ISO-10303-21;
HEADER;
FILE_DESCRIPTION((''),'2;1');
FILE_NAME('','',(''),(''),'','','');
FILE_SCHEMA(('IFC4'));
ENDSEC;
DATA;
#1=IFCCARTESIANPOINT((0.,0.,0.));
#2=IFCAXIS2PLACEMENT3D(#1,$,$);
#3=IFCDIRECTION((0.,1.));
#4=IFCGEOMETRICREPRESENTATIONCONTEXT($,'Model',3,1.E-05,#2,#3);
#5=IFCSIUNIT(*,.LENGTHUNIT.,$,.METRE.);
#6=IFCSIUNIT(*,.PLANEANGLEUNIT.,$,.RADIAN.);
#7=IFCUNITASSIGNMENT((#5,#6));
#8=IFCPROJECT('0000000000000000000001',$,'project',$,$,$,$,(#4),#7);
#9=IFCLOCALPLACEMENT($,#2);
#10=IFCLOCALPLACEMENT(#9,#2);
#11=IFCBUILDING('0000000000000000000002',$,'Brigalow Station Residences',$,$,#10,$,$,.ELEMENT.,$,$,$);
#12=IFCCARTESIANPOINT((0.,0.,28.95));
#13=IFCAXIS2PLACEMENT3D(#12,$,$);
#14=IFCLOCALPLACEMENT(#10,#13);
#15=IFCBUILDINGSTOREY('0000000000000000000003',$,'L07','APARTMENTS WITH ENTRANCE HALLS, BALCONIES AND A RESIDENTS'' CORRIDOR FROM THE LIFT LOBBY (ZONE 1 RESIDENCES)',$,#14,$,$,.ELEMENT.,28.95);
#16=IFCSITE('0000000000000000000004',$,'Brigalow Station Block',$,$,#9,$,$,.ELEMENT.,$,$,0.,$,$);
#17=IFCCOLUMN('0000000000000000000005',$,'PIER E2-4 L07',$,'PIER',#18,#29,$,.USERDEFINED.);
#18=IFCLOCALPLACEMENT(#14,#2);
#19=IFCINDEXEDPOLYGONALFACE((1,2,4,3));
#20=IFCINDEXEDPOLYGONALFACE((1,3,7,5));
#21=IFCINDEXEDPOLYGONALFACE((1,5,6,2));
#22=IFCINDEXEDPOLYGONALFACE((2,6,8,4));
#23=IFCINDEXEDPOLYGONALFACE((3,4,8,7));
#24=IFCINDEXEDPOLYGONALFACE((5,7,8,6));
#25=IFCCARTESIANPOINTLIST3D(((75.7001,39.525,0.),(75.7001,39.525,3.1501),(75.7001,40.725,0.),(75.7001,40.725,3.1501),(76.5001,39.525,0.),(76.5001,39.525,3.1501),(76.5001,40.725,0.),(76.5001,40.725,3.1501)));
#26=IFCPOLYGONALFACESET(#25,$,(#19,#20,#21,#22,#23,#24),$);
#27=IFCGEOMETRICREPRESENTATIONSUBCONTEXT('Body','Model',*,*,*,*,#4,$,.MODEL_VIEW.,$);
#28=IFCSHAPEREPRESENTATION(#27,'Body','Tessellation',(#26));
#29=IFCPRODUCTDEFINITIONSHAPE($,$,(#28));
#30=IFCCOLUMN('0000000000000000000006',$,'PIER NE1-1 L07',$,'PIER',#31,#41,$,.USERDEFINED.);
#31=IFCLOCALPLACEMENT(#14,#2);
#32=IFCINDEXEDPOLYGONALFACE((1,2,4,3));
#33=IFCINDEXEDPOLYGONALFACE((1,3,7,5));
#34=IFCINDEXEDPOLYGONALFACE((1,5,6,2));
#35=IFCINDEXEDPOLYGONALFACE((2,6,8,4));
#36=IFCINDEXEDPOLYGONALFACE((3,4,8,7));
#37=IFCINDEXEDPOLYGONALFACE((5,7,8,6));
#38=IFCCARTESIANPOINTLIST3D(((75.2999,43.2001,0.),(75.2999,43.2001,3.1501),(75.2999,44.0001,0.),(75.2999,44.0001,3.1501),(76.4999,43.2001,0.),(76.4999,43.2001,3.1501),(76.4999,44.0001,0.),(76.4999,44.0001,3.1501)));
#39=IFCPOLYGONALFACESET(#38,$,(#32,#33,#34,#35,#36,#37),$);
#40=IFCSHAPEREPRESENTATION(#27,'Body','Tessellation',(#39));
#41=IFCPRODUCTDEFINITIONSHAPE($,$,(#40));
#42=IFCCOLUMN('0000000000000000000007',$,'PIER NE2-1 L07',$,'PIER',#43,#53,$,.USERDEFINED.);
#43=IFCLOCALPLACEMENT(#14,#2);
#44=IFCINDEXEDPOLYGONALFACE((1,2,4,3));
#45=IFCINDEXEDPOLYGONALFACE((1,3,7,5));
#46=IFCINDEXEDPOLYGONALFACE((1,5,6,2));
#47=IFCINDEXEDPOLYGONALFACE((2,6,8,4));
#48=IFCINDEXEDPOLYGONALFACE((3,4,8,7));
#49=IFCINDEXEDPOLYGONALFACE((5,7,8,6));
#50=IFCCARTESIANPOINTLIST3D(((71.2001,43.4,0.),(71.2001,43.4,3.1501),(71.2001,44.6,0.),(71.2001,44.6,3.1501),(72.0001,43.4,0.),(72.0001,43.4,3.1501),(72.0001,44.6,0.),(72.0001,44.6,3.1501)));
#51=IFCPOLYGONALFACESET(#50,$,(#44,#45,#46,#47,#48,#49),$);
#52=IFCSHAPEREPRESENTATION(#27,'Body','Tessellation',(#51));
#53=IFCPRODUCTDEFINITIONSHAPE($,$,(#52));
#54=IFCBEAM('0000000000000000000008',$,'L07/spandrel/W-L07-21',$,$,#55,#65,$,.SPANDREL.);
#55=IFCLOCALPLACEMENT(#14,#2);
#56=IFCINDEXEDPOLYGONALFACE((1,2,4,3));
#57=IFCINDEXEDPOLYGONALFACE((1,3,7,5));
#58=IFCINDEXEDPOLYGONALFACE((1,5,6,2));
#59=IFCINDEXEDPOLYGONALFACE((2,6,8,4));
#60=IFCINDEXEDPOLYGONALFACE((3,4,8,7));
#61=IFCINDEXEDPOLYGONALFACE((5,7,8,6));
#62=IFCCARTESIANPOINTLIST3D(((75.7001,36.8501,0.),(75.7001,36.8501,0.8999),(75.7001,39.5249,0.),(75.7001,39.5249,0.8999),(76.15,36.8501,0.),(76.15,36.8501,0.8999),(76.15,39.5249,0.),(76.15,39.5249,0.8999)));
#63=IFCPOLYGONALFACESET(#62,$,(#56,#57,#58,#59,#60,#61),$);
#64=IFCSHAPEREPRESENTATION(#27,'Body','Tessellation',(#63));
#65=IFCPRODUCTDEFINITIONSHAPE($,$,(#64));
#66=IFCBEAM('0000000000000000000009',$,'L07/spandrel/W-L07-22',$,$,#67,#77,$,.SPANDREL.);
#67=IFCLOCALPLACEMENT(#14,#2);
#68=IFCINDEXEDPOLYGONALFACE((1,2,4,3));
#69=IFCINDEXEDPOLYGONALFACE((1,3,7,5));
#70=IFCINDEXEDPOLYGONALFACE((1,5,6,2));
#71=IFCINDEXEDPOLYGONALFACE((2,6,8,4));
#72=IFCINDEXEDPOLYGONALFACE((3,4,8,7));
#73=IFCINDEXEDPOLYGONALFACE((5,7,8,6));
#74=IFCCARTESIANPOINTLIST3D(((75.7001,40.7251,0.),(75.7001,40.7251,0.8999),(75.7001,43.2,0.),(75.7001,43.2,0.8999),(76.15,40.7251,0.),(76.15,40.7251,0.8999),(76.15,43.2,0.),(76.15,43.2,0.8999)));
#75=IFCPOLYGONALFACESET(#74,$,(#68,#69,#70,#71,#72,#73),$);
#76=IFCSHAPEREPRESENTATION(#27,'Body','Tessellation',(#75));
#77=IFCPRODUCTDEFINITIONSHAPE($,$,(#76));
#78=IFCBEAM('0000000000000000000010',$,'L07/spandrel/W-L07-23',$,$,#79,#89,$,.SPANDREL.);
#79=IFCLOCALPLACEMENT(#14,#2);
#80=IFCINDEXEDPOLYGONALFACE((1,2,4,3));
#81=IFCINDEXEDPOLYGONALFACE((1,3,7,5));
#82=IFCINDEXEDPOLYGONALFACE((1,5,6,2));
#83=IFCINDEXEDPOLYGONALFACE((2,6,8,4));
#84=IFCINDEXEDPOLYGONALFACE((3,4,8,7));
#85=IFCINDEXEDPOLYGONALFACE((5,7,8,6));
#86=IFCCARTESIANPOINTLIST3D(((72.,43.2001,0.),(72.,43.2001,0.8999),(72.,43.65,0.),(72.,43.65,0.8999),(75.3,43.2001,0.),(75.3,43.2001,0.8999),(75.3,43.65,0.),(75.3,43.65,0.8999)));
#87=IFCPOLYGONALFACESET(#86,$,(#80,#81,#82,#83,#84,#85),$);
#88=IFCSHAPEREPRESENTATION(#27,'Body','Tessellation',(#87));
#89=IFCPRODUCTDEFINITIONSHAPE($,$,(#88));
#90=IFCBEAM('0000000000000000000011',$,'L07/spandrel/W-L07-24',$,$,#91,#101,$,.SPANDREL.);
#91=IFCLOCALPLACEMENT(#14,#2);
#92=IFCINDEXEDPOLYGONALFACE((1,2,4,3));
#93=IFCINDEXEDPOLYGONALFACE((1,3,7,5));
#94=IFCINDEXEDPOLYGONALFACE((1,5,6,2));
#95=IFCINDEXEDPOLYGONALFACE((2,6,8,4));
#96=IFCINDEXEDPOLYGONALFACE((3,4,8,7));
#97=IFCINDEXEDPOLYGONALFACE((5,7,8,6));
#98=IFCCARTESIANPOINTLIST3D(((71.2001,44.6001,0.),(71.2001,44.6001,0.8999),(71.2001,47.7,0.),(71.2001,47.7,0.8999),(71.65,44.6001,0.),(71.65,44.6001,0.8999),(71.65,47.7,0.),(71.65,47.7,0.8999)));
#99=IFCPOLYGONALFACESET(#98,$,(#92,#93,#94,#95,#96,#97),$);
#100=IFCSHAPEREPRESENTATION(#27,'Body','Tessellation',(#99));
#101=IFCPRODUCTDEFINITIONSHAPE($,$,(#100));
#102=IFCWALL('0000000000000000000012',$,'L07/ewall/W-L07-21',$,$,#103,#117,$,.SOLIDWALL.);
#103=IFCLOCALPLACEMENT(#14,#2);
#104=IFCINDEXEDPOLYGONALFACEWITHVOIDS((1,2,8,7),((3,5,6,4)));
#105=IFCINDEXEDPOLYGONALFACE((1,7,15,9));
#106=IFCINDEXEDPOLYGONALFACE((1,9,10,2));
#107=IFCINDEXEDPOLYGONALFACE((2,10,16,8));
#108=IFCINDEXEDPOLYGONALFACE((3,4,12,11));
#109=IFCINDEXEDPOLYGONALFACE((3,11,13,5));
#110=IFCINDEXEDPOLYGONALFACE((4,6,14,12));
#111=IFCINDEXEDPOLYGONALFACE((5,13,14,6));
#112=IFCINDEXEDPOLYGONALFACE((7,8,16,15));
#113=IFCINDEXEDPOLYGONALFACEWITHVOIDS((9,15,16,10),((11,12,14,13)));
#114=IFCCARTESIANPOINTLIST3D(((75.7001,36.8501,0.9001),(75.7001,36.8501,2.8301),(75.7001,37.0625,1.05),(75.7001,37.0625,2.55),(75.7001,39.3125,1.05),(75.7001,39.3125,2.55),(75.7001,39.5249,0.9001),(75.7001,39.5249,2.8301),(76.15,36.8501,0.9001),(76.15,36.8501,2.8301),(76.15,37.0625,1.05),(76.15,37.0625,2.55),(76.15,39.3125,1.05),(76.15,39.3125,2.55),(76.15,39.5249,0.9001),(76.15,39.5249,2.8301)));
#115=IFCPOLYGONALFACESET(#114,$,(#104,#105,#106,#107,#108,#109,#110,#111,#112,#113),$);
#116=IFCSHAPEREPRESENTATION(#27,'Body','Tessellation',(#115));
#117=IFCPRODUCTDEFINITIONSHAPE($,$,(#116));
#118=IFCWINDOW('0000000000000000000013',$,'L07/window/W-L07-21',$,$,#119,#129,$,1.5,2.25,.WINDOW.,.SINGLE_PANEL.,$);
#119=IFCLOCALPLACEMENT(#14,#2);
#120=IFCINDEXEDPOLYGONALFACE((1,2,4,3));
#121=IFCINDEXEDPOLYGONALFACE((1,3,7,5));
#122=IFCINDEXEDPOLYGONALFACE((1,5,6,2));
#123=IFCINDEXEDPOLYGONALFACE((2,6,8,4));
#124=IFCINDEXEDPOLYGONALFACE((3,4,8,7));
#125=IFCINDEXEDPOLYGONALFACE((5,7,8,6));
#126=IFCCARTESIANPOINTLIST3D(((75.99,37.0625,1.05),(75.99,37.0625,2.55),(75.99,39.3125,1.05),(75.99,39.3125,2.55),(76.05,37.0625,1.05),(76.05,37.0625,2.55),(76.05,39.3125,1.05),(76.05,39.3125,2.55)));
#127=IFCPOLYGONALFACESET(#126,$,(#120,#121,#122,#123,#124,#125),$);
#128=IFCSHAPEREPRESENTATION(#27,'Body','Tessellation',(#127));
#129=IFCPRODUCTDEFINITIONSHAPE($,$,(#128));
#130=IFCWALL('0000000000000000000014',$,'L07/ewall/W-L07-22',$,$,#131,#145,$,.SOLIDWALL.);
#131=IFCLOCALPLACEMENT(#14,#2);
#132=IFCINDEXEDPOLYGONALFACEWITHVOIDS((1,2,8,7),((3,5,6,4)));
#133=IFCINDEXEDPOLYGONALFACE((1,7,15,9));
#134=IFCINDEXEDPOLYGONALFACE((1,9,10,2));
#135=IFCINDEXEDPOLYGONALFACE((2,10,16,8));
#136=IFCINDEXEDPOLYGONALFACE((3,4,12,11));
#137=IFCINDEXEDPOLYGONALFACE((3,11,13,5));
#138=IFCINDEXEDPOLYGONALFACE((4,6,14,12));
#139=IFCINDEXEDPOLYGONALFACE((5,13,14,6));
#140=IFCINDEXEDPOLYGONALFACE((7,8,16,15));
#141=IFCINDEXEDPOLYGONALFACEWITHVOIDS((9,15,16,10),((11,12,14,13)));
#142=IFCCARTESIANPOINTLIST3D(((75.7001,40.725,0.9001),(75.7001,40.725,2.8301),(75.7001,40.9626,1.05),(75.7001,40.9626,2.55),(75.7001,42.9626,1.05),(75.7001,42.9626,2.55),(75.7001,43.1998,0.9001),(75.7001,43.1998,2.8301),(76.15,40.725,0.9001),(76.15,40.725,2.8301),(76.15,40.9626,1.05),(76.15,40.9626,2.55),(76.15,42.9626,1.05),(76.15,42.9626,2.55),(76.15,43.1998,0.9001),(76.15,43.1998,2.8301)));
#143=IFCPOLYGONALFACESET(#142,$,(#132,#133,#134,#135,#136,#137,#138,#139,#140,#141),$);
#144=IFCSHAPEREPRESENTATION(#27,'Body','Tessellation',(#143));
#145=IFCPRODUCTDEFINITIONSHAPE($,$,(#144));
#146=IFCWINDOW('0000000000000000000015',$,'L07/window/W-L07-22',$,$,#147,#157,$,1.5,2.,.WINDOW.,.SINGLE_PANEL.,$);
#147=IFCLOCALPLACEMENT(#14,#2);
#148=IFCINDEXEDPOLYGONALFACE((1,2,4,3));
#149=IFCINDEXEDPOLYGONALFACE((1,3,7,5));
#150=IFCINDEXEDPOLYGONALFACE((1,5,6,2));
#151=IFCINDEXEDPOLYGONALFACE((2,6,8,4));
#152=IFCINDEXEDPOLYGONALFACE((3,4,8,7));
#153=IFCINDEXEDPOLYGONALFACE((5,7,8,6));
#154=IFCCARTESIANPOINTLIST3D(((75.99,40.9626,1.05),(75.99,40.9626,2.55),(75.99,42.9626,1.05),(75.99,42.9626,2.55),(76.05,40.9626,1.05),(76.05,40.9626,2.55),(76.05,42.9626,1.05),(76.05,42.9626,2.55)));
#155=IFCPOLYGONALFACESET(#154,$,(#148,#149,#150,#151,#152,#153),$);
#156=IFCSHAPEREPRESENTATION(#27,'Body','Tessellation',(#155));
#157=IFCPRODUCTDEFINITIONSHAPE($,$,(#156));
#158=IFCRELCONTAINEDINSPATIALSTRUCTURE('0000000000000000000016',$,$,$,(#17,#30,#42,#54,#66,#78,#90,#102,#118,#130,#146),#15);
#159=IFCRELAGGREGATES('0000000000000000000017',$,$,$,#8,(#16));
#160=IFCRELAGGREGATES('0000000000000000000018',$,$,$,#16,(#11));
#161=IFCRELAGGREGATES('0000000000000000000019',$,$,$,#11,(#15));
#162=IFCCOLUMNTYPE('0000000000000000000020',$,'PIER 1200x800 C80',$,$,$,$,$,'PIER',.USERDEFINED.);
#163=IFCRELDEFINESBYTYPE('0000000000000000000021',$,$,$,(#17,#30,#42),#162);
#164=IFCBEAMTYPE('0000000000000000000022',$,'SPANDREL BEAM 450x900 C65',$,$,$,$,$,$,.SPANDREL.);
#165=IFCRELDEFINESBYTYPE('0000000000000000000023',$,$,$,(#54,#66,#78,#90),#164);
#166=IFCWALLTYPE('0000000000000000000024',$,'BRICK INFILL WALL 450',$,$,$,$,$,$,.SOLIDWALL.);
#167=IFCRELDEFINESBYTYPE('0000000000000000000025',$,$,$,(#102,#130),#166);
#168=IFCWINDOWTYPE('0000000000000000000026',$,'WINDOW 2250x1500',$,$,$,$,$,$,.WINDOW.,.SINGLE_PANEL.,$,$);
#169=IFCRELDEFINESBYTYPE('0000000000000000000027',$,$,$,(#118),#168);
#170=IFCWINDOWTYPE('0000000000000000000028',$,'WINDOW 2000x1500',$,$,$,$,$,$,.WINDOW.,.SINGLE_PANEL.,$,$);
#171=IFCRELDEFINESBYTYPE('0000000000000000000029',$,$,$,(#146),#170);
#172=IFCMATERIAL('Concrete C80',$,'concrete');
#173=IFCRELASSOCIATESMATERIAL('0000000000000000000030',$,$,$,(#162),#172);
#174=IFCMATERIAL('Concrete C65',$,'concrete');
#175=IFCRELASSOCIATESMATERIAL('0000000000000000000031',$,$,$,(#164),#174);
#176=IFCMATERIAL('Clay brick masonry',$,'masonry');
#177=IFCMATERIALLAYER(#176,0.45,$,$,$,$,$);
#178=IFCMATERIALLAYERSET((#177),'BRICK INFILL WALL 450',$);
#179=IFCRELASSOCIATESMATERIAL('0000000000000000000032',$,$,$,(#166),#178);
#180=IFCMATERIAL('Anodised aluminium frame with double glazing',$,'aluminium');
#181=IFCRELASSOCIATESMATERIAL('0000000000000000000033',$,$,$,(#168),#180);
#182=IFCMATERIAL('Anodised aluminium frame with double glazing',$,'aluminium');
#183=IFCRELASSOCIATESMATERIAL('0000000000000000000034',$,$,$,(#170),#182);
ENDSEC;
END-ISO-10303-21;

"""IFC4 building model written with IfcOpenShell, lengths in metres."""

from ifc_helpers import new_model, si_unit, direction, frame, frame_2d, origin, origin_2d, place, context, subcontext, project, spatial, rectangle, extrude, material, layer, layer_set, material_profile, profile_set, type_object, element, fill, save


model = new_model("IFC4")

# Units and contexts
model_context = context("Model", 3, precision=1e-05, world=origin(), true_north=direction((0.0, 1.0)))
body_context = subcontext(model_context, "Body", "Model", "MODEL_VIEW")
ifc_project = project(units=[si_unit("LENGTHUNIT", "METRE"), si_unit("PLANEANGLEUNIT", "RADIAN")], contexts=[model_context])

# Site, building, storey
site_placement = place(None, origin())
site = spatial("IfcSite", under=ifc_project, at=site_placement, Name="Brigalow Station Block", CompositionType="ELEMENT", RefElevation=0.0)
building_placement = place(site_placement, origin())
building = spatial("IfcBuilding", under=site, at=building_placement, Name="Brigalow Station Residences", CompositionType="ELEMENT")
storey_placement = place(building_placement, frame((0.0, 0.0, 28.95)))
storey = spatial("IfcBuildingStorey", under=building, at=storey_placement, Name="L07", Description="APARTMENTS WITH ENTRANCE HALLS, BALCONIES AND A RESIDENTS' CORRIDOR FROM THE LIFT LOBBY (ZONE 1 RESIDENCES)", CompositionType="ELEMENT", Elevation=28.95)

# Columns
ifc_material_1 = material(Name="Concrete C80", Category="concrete")
ifc_material_profile_1 = material_profile(ifc_material_1, rectangle(XDim=1.2, YDim=0.8, at=origin_2d()), Name="RC1200x800")
ifc_profile_set_1 = profile_set([ifc_material_profile_1], Name="Concrete C80")
column_type = type_object("IfcColumnType", Name="PIER 1200x800 C80", ElementType="PIER", PredefinedType="USERDEFINED", material=ifc_profile_set_1)
for number, where, z_axis, x_axis, name in (
    (1, (76.1001, 40.125, 0.0), (0.0, 0.0, 1.0), (0.0, 1.0, 0.0), "PIER E2-4 L07"),
    (2, (75.8999, 43.6001, 0.0), (0.0, 0.0, 1.0), (-1.0, 0.0, 0.0), "PIER NE1-1 L07"),
    (3, (71.6001, 44.0, 0.0), (0.0, 0.0, 1.0), (0.0, 1.0, 0.0), "PIER NE2-1 L07"),
):
    element("IfcColumn", number, at=place(storey_placement, frame(where, z_axis=z_axis, x_axis=x_axis)), inside=storey, type_object=column_type, Name=name, ObjectType="PIER", PredefinedType="USERDEFINED", context=body_context, shape_type="SweptSolid", body=[
        extrude(rectangle(XDim=1.2, YDim=0.8, at=origin_2d()), origin(), (0.0, 0.0, 1.0), 3.1501),
    ])

# Beams
ifc_material_2 = material(Name="Concrete C65", Category="concrete")
ifc_material_profile_2 = material_profile(ifc_material_2, rectangle(XDim=0.45, YDim=0.8999, at=origin_2d()), Name="RC450x900")
ifc_profile_set_2 = profile_set([ifc_material_profile_2], Name="Concrete C65")
beam_type = type_object("IfcBeamType", Name="SPANDREL BEAM 450x900 C65", PredefinedType="SPANDREL", material=ifc_profile_set_2)
beam_1_placement = place(storey_placement, frame((75.925, 36.8501, 0.45), z_axis=(0.0, 1.0, 0.0), x_axis=(-1.0, 0.0, 0.0)))
element("IfcBeam", 4, at=beam_1_placement, inside=storey, type_object=beam_type, Name="L07/spandrel/W-L07-21", PredefinedType="SPANDREL", context=body_context, shape_type="SweptSolid", body=[
    extrude(rectangle(XDim=0.45, YDim=0.8999, at=origin_2d()), origin(), (0.0, 0.0, 1.0), 2.6748),
])
beam_2_placement = place(storey_placement, frame((75.925, 40.7251, 0.45), z_axis=(0.0, 1.0, 0.0), x_axis=(-1.0, 0.0, 0.0)))
element("IfcBeam", 5, at=beam_2_placement, inside=storey, type_object=beam_type, Name="L07/spandrel/W-L07-22", PredefinedType="SPANDREL", context=body_context, shape_type="SweptSolid", body=[
    extrude(rectangle(XDim=0.45, YDim=0.8999, at=origin_2d()), origin(), (0.0, 0.0, 1.0), 2.4749),
])
beam_3_placement = place(storey_placement, frame((75.3, 43.425, 0.45), z_axis=(-1.0, 0.0, 0.0), x_axis=(0.0, -1.0, 0.0)))
element("IfcBeam", 6, at=beam_3_placement, inside=storey, type_object=beam_type, Name="L07/spandrel/W-L07-23", PredefinedType="SPANDREL", context=body_context, shape_type="SweptSolid", body=[
    extrude(rectangle(XDim=0.45, YDim=0.8999, at=origin_2d()), origin(), (0.0, 0.0, 1.0), 3.3),
])
beam_4_placement = place(storey_placement, frame((71.425, 44.6001, 0.45), z_axis=(0.0, 1.0, 0.0), x_axis=(-1.0, 0.0, 0.0)))
element("IfcBeam", 7, at=beam_4_placement, inside=storey, type_object=beam_type, Name="L07/spandrel/W-L07-24", PredefinedType="SPANDREL", context=body_context, shape_type="SweptSolid", body=[
    extrude(rectangle(XDim=0.45, YDim=0.8999, at=origin_2d()), origin(), (0.0, 0.0, 1.0), 3.0999),
])

# Walls, openings, windows
ifc_material_3 = material(Name="Clay brick masonry", Category="masonry")
ifc_layer_1 = layer(ifc_material_3, 0.45)
ifc_layer_set_1 = layer_set([ifc_layer_1], Name="BRICK INFILL WALL 450")
wall_type_1 = type_object("IfcWallType", Name="BRICK INFILL WALL 450", PredefinedType="SOLIDWALL", material=ifc_layer_set_1)
wall_1_placement = place(storey_placement, frame((75.925, 36.8501, 0.9001), z_axis=(0.0, 0.0, 1.0), x_axis=(0.0, 1.0, 0.0)))
wall_1 = element("IfcWall", 8, at=wall_1_placement, inside=storey, type_object=wall_type_1, Name="L07/ewall/W-L07-21", PredefinedType="SOLIDWALL", context=body_context, shape_type="SweptSolid", body=[
    extrude(rectangle(XDim=2.6748, YDim=0.45, at=frame_2d((1.3374, 0.0))), origin(), (0.0, 0.0, 1.0), 1.9299),
])
opening_1_placement = place(wall_1_placement, frame((0.2124, 0.0, 0.1499)))
opening_1 = element("IfcOpeningElement", 9, at=opening_1_placement, cuts=wall_1, PredefinedType="OPENING", context=body_context, shape_type="SweptSolid", body=[
    extrude(rectangle(XDim=2.25, YDim=1.5, at=frame_2d((1.125, 0.75))), frame((0.0, 0.2349, 0.0), z_axis=(0.0, -1.0, 0.0), x_axis=(1.0, 0.0, 0.0)), (0.0, 0.0, 1.0), 0.47),
])
ifc_material_4 = material(Name="Anodised aluminium frame with double glazing", Category="aluminium")
window_type_1 = type_object("IfcWindowType", Name="WINDOW 2250x1500", PartitioningType="SINGLE_PANEL", PredefinedType="WINDOW", material=ifc_material_4)
window_1_placement = place(opening_1_placement, origin())
window_1 = element("IfcWindow", 10, at=window_1_placement, inside=storey, type_object=window_type_1, Name="L07/window/W-L07-21", OverallHeight=1.5, OverallWidth=2.25, PartitioningType="SINGLE_PANEL", PredefinedType="WINDOW", context=body_context, shape_type="SweptSolid", body=[
    extrude(rectangle(XDim=2.25, YDim=1.5, at=frame_2d((1.125, 0.75))), frame((0.0, -0.0649, 0.0), z_axis=(0.0, -1.0, 0.0), x_axis=(1.0, 0.0, 0.0)), (0.0, 0.0, 1.0), 0.0601),
])
fill(opening_1, window_1)
wall_2_placement = place(storey_placement, frame((75.925, 40.7251, 0.9001), z_axis=(0.0, 0.0, 1.0), x_axis=(0.0, 1.0, 0.0)))
wall_2 = element("IfcWall", 11, at=wall_2_placement, inside=storey, type_object=wall_type_1, Name="L07/ewall/W-L07-22", PredefinedType="SOLIDWALL", context=body_context, shape_type="SweptSolid", body=[
    extrude(rectangle(XDim=2.4749, YDim=0.45, at=frame_2d((1.2373, 0.0))), origin(), (0.0, 0.0, 1.0), 1.9299),
])
opening_2_placement = place(wall_2_placement, frame((0.2375, 0.0, 0.1499)))
opening_2 = element("IfcOpeningElement", 12, at=opening_2_placement, cuts=wall_2, PredefinedType="OPENING", context=body_context, shape_type="SweptSolid", body=[
    extrude(rectangle(XDim=2.0, YDim=1.5, at=frame_2d((1.0, 0.75))), frame((0.0, 0.2349, 0.0), z_axis=(0.0, -1.0, 0.0), x_axis=(1.0, 0.0, 0.0)), (0.0, 0.0, 1.0), 0.47),
])
ifc_material_5 = material(Name="Anodised aluminium frame with double glazing", Category="aluminium")
window_type_2 = type_object("IfcWindowType", Name="WINDOW 2000x1500", PartitioningType="SINGLE_PANEL", PredefinedType="WINDOW", material=ifc_material_5)
window_2_placement = place(opening_2_placement, origin())
window_2 = element("IfcWindow", 13, at=window_2_placement, inside=storey, type_object=window_type_2, Name="L07/window/W-L07-22", OverallHeight=1.5, OverallWidth=2.0, PartitioningType="SINGLE_PANEL", PredefinedType="WINDOW", context=body_context, shape_type="SweptSolid", body=[
    extrude(rectangle(XDim=2.0, YDim=1.5, at=frame_2d((1.0, 0.75))), frame((0.0, -0.0649, 0.0), z_axis=(0.0, -1.0, 0.0), x_axis=(1.0, 0.0, 0.0)), (0.0, 0.0, 1.0), 0.0601),
])
fill(opening_2, window_2)

save(model, "model.ifc")
